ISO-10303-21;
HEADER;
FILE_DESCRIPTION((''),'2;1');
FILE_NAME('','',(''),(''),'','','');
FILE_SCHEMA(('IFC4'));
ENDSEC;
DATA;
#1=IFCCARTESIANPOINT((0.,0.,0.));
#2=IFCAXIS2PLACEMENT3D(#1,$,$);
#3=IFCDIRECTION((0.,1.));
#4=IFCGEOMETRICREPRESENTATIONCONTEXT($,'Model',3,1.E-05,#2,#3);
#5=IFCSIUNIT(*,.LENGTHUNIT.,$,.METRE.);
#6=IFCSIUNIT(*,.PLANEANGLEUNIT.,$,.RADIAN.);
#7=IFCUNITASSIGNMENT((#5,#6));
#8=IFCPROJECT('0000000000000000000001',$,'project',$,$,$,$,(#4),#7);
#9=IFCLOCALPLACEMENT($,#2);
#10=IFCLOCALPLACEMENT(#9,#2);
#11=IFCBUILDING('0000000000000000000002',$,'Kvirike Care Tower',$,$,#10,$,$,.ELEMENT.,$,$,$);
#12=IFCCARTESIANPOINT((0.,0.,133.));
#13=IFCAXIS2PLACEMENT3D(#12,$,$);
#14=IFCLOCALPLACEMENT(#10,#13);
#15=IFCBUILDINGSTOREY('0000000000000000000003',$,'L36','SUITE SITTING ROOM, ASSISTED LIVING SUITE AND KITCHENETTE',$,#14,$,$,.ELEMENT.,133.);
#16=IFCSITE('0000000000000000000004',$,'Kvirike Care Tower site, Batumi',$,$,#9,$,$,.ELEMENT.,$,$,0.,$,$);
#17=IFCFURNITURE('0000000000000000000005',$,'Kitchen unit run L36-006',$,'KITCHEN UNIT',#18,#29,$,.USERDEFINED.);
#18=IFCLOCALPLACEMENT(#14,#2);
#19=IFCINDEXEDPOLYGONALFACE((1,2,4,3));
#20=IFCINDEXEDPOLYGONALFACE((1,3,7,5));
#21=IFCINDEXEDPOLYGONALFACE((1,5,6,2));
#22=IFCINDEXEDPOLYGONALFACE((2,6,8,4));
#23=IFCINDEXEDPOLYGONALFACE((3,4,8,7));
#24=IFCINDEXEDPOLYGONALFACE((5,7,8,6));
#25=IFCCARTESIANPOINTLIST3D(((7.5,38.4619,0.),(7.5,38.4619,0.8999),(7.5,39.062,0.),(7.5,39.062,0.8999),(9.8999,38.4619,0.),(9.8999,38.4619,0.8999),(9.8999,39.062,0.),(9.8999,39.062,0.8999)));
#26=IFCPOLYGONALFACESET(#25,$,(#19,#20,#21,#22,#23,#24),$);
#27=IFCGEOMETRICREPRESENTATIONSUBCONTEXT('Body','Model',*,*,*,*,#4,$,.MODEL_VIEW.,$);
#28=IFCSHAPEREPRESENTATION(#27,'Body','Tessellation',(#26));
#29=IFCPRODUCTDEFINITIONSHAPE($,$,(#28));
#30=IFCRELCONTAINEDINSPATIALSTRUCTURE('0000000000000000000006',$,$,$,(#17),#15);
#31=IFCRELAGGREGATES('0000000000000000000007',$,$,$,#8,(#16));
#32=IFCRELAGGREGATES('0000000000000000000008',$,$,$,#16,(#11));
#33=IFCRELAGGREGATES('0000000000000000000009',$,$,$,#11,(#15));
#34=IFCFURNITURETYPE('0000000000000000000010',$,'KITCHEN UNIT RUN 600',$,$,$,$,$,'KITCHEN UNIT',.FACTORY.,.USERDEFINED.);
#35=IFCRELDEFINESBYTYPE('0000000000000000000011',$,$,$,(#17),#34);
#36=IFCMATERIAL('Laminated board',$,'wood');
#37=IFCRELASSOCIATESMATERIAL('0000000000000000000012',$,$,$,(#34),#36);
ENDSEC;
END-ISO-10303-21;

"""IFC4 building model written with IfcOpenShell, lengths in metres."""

from ifc_helpers import new_model, si_unit, direction, frame, origin, origin_2d, place, context, subcontext, project, spatial, rectangle, extrude, material, type_object, element, save


model = new_model("IFC4")

# Units and contexts
model_context = context("Model", 3, precision=1e-05, world=origin(), true_north=direction((0.0, 1.0)))
body_context = subcontext(model_context, "Body", "Model", "MODEL_VIEW")
ifc_project = project(units=[si_unit("LENGTHUNIT", "METRE"), si_unit("PLANEANGLEUNIT", "RADIAN")], contexts=[model_context])

# Site, building, storey
site_placement = place(None, origin())
site = spatial("IfcSite", under=ifc_project, at=site_placement, Name="Kvirike Care Tower site, Batumi", CompositionType="ELEMENT", RefElevation=0.0)
building_placement = place(site_placement, origin())
building = spatial("IfcBuilding", under=site, at=building_placement, Name="Kvirike Care Tower", CompositionType="ELEMENT")
storey_placement = place(building_placement, frame((0.0, 0.0, 133.0)))
storey = spatial("IfcBuildingStorey", under=building, at=storey_placement, Name="L36", Description="SUITE SITTING ROOM, ASSISTED LIVING SUITE AND KITCHENETTE", CompositionType="ELEMENT", Elevation=133.0)

# Furniture
ifc_material_1 = material(Name="Laminated board", Category="wood")
furniture_type = type_object("IfcFurnitureType", Name="KITCHEN UNIT RUN 600", ElementType="KITCHEN UNIT", AssemblyPlace="FACTORY", PredefinedType="USERDEFINED", material=ifc_material_1)
furniture_placement = place(storey_placement, frame((8.7, 38.762, 0.0), z_axis=(0.0, 0.0, 1.0), x_axis=(-1.0, 0.0, 0.0)))
element("IfcFurniture", 1, at=furniture_placement, inside=storey, type_object=furniture_type, Name="Kitchen unit run L36-006", ObjectType="KITCHEN UNIT", PredefinedType="USERDEFINED", context=body_context, shape_type="SweptSolid", body=[
    extrude(rectangle(XDim=2.3999, YDim=0.6001, at=origin_2d()), origin(), (0.0, 0.0, 1.0), 0.8999),
])

save(model, "model.ifc")
